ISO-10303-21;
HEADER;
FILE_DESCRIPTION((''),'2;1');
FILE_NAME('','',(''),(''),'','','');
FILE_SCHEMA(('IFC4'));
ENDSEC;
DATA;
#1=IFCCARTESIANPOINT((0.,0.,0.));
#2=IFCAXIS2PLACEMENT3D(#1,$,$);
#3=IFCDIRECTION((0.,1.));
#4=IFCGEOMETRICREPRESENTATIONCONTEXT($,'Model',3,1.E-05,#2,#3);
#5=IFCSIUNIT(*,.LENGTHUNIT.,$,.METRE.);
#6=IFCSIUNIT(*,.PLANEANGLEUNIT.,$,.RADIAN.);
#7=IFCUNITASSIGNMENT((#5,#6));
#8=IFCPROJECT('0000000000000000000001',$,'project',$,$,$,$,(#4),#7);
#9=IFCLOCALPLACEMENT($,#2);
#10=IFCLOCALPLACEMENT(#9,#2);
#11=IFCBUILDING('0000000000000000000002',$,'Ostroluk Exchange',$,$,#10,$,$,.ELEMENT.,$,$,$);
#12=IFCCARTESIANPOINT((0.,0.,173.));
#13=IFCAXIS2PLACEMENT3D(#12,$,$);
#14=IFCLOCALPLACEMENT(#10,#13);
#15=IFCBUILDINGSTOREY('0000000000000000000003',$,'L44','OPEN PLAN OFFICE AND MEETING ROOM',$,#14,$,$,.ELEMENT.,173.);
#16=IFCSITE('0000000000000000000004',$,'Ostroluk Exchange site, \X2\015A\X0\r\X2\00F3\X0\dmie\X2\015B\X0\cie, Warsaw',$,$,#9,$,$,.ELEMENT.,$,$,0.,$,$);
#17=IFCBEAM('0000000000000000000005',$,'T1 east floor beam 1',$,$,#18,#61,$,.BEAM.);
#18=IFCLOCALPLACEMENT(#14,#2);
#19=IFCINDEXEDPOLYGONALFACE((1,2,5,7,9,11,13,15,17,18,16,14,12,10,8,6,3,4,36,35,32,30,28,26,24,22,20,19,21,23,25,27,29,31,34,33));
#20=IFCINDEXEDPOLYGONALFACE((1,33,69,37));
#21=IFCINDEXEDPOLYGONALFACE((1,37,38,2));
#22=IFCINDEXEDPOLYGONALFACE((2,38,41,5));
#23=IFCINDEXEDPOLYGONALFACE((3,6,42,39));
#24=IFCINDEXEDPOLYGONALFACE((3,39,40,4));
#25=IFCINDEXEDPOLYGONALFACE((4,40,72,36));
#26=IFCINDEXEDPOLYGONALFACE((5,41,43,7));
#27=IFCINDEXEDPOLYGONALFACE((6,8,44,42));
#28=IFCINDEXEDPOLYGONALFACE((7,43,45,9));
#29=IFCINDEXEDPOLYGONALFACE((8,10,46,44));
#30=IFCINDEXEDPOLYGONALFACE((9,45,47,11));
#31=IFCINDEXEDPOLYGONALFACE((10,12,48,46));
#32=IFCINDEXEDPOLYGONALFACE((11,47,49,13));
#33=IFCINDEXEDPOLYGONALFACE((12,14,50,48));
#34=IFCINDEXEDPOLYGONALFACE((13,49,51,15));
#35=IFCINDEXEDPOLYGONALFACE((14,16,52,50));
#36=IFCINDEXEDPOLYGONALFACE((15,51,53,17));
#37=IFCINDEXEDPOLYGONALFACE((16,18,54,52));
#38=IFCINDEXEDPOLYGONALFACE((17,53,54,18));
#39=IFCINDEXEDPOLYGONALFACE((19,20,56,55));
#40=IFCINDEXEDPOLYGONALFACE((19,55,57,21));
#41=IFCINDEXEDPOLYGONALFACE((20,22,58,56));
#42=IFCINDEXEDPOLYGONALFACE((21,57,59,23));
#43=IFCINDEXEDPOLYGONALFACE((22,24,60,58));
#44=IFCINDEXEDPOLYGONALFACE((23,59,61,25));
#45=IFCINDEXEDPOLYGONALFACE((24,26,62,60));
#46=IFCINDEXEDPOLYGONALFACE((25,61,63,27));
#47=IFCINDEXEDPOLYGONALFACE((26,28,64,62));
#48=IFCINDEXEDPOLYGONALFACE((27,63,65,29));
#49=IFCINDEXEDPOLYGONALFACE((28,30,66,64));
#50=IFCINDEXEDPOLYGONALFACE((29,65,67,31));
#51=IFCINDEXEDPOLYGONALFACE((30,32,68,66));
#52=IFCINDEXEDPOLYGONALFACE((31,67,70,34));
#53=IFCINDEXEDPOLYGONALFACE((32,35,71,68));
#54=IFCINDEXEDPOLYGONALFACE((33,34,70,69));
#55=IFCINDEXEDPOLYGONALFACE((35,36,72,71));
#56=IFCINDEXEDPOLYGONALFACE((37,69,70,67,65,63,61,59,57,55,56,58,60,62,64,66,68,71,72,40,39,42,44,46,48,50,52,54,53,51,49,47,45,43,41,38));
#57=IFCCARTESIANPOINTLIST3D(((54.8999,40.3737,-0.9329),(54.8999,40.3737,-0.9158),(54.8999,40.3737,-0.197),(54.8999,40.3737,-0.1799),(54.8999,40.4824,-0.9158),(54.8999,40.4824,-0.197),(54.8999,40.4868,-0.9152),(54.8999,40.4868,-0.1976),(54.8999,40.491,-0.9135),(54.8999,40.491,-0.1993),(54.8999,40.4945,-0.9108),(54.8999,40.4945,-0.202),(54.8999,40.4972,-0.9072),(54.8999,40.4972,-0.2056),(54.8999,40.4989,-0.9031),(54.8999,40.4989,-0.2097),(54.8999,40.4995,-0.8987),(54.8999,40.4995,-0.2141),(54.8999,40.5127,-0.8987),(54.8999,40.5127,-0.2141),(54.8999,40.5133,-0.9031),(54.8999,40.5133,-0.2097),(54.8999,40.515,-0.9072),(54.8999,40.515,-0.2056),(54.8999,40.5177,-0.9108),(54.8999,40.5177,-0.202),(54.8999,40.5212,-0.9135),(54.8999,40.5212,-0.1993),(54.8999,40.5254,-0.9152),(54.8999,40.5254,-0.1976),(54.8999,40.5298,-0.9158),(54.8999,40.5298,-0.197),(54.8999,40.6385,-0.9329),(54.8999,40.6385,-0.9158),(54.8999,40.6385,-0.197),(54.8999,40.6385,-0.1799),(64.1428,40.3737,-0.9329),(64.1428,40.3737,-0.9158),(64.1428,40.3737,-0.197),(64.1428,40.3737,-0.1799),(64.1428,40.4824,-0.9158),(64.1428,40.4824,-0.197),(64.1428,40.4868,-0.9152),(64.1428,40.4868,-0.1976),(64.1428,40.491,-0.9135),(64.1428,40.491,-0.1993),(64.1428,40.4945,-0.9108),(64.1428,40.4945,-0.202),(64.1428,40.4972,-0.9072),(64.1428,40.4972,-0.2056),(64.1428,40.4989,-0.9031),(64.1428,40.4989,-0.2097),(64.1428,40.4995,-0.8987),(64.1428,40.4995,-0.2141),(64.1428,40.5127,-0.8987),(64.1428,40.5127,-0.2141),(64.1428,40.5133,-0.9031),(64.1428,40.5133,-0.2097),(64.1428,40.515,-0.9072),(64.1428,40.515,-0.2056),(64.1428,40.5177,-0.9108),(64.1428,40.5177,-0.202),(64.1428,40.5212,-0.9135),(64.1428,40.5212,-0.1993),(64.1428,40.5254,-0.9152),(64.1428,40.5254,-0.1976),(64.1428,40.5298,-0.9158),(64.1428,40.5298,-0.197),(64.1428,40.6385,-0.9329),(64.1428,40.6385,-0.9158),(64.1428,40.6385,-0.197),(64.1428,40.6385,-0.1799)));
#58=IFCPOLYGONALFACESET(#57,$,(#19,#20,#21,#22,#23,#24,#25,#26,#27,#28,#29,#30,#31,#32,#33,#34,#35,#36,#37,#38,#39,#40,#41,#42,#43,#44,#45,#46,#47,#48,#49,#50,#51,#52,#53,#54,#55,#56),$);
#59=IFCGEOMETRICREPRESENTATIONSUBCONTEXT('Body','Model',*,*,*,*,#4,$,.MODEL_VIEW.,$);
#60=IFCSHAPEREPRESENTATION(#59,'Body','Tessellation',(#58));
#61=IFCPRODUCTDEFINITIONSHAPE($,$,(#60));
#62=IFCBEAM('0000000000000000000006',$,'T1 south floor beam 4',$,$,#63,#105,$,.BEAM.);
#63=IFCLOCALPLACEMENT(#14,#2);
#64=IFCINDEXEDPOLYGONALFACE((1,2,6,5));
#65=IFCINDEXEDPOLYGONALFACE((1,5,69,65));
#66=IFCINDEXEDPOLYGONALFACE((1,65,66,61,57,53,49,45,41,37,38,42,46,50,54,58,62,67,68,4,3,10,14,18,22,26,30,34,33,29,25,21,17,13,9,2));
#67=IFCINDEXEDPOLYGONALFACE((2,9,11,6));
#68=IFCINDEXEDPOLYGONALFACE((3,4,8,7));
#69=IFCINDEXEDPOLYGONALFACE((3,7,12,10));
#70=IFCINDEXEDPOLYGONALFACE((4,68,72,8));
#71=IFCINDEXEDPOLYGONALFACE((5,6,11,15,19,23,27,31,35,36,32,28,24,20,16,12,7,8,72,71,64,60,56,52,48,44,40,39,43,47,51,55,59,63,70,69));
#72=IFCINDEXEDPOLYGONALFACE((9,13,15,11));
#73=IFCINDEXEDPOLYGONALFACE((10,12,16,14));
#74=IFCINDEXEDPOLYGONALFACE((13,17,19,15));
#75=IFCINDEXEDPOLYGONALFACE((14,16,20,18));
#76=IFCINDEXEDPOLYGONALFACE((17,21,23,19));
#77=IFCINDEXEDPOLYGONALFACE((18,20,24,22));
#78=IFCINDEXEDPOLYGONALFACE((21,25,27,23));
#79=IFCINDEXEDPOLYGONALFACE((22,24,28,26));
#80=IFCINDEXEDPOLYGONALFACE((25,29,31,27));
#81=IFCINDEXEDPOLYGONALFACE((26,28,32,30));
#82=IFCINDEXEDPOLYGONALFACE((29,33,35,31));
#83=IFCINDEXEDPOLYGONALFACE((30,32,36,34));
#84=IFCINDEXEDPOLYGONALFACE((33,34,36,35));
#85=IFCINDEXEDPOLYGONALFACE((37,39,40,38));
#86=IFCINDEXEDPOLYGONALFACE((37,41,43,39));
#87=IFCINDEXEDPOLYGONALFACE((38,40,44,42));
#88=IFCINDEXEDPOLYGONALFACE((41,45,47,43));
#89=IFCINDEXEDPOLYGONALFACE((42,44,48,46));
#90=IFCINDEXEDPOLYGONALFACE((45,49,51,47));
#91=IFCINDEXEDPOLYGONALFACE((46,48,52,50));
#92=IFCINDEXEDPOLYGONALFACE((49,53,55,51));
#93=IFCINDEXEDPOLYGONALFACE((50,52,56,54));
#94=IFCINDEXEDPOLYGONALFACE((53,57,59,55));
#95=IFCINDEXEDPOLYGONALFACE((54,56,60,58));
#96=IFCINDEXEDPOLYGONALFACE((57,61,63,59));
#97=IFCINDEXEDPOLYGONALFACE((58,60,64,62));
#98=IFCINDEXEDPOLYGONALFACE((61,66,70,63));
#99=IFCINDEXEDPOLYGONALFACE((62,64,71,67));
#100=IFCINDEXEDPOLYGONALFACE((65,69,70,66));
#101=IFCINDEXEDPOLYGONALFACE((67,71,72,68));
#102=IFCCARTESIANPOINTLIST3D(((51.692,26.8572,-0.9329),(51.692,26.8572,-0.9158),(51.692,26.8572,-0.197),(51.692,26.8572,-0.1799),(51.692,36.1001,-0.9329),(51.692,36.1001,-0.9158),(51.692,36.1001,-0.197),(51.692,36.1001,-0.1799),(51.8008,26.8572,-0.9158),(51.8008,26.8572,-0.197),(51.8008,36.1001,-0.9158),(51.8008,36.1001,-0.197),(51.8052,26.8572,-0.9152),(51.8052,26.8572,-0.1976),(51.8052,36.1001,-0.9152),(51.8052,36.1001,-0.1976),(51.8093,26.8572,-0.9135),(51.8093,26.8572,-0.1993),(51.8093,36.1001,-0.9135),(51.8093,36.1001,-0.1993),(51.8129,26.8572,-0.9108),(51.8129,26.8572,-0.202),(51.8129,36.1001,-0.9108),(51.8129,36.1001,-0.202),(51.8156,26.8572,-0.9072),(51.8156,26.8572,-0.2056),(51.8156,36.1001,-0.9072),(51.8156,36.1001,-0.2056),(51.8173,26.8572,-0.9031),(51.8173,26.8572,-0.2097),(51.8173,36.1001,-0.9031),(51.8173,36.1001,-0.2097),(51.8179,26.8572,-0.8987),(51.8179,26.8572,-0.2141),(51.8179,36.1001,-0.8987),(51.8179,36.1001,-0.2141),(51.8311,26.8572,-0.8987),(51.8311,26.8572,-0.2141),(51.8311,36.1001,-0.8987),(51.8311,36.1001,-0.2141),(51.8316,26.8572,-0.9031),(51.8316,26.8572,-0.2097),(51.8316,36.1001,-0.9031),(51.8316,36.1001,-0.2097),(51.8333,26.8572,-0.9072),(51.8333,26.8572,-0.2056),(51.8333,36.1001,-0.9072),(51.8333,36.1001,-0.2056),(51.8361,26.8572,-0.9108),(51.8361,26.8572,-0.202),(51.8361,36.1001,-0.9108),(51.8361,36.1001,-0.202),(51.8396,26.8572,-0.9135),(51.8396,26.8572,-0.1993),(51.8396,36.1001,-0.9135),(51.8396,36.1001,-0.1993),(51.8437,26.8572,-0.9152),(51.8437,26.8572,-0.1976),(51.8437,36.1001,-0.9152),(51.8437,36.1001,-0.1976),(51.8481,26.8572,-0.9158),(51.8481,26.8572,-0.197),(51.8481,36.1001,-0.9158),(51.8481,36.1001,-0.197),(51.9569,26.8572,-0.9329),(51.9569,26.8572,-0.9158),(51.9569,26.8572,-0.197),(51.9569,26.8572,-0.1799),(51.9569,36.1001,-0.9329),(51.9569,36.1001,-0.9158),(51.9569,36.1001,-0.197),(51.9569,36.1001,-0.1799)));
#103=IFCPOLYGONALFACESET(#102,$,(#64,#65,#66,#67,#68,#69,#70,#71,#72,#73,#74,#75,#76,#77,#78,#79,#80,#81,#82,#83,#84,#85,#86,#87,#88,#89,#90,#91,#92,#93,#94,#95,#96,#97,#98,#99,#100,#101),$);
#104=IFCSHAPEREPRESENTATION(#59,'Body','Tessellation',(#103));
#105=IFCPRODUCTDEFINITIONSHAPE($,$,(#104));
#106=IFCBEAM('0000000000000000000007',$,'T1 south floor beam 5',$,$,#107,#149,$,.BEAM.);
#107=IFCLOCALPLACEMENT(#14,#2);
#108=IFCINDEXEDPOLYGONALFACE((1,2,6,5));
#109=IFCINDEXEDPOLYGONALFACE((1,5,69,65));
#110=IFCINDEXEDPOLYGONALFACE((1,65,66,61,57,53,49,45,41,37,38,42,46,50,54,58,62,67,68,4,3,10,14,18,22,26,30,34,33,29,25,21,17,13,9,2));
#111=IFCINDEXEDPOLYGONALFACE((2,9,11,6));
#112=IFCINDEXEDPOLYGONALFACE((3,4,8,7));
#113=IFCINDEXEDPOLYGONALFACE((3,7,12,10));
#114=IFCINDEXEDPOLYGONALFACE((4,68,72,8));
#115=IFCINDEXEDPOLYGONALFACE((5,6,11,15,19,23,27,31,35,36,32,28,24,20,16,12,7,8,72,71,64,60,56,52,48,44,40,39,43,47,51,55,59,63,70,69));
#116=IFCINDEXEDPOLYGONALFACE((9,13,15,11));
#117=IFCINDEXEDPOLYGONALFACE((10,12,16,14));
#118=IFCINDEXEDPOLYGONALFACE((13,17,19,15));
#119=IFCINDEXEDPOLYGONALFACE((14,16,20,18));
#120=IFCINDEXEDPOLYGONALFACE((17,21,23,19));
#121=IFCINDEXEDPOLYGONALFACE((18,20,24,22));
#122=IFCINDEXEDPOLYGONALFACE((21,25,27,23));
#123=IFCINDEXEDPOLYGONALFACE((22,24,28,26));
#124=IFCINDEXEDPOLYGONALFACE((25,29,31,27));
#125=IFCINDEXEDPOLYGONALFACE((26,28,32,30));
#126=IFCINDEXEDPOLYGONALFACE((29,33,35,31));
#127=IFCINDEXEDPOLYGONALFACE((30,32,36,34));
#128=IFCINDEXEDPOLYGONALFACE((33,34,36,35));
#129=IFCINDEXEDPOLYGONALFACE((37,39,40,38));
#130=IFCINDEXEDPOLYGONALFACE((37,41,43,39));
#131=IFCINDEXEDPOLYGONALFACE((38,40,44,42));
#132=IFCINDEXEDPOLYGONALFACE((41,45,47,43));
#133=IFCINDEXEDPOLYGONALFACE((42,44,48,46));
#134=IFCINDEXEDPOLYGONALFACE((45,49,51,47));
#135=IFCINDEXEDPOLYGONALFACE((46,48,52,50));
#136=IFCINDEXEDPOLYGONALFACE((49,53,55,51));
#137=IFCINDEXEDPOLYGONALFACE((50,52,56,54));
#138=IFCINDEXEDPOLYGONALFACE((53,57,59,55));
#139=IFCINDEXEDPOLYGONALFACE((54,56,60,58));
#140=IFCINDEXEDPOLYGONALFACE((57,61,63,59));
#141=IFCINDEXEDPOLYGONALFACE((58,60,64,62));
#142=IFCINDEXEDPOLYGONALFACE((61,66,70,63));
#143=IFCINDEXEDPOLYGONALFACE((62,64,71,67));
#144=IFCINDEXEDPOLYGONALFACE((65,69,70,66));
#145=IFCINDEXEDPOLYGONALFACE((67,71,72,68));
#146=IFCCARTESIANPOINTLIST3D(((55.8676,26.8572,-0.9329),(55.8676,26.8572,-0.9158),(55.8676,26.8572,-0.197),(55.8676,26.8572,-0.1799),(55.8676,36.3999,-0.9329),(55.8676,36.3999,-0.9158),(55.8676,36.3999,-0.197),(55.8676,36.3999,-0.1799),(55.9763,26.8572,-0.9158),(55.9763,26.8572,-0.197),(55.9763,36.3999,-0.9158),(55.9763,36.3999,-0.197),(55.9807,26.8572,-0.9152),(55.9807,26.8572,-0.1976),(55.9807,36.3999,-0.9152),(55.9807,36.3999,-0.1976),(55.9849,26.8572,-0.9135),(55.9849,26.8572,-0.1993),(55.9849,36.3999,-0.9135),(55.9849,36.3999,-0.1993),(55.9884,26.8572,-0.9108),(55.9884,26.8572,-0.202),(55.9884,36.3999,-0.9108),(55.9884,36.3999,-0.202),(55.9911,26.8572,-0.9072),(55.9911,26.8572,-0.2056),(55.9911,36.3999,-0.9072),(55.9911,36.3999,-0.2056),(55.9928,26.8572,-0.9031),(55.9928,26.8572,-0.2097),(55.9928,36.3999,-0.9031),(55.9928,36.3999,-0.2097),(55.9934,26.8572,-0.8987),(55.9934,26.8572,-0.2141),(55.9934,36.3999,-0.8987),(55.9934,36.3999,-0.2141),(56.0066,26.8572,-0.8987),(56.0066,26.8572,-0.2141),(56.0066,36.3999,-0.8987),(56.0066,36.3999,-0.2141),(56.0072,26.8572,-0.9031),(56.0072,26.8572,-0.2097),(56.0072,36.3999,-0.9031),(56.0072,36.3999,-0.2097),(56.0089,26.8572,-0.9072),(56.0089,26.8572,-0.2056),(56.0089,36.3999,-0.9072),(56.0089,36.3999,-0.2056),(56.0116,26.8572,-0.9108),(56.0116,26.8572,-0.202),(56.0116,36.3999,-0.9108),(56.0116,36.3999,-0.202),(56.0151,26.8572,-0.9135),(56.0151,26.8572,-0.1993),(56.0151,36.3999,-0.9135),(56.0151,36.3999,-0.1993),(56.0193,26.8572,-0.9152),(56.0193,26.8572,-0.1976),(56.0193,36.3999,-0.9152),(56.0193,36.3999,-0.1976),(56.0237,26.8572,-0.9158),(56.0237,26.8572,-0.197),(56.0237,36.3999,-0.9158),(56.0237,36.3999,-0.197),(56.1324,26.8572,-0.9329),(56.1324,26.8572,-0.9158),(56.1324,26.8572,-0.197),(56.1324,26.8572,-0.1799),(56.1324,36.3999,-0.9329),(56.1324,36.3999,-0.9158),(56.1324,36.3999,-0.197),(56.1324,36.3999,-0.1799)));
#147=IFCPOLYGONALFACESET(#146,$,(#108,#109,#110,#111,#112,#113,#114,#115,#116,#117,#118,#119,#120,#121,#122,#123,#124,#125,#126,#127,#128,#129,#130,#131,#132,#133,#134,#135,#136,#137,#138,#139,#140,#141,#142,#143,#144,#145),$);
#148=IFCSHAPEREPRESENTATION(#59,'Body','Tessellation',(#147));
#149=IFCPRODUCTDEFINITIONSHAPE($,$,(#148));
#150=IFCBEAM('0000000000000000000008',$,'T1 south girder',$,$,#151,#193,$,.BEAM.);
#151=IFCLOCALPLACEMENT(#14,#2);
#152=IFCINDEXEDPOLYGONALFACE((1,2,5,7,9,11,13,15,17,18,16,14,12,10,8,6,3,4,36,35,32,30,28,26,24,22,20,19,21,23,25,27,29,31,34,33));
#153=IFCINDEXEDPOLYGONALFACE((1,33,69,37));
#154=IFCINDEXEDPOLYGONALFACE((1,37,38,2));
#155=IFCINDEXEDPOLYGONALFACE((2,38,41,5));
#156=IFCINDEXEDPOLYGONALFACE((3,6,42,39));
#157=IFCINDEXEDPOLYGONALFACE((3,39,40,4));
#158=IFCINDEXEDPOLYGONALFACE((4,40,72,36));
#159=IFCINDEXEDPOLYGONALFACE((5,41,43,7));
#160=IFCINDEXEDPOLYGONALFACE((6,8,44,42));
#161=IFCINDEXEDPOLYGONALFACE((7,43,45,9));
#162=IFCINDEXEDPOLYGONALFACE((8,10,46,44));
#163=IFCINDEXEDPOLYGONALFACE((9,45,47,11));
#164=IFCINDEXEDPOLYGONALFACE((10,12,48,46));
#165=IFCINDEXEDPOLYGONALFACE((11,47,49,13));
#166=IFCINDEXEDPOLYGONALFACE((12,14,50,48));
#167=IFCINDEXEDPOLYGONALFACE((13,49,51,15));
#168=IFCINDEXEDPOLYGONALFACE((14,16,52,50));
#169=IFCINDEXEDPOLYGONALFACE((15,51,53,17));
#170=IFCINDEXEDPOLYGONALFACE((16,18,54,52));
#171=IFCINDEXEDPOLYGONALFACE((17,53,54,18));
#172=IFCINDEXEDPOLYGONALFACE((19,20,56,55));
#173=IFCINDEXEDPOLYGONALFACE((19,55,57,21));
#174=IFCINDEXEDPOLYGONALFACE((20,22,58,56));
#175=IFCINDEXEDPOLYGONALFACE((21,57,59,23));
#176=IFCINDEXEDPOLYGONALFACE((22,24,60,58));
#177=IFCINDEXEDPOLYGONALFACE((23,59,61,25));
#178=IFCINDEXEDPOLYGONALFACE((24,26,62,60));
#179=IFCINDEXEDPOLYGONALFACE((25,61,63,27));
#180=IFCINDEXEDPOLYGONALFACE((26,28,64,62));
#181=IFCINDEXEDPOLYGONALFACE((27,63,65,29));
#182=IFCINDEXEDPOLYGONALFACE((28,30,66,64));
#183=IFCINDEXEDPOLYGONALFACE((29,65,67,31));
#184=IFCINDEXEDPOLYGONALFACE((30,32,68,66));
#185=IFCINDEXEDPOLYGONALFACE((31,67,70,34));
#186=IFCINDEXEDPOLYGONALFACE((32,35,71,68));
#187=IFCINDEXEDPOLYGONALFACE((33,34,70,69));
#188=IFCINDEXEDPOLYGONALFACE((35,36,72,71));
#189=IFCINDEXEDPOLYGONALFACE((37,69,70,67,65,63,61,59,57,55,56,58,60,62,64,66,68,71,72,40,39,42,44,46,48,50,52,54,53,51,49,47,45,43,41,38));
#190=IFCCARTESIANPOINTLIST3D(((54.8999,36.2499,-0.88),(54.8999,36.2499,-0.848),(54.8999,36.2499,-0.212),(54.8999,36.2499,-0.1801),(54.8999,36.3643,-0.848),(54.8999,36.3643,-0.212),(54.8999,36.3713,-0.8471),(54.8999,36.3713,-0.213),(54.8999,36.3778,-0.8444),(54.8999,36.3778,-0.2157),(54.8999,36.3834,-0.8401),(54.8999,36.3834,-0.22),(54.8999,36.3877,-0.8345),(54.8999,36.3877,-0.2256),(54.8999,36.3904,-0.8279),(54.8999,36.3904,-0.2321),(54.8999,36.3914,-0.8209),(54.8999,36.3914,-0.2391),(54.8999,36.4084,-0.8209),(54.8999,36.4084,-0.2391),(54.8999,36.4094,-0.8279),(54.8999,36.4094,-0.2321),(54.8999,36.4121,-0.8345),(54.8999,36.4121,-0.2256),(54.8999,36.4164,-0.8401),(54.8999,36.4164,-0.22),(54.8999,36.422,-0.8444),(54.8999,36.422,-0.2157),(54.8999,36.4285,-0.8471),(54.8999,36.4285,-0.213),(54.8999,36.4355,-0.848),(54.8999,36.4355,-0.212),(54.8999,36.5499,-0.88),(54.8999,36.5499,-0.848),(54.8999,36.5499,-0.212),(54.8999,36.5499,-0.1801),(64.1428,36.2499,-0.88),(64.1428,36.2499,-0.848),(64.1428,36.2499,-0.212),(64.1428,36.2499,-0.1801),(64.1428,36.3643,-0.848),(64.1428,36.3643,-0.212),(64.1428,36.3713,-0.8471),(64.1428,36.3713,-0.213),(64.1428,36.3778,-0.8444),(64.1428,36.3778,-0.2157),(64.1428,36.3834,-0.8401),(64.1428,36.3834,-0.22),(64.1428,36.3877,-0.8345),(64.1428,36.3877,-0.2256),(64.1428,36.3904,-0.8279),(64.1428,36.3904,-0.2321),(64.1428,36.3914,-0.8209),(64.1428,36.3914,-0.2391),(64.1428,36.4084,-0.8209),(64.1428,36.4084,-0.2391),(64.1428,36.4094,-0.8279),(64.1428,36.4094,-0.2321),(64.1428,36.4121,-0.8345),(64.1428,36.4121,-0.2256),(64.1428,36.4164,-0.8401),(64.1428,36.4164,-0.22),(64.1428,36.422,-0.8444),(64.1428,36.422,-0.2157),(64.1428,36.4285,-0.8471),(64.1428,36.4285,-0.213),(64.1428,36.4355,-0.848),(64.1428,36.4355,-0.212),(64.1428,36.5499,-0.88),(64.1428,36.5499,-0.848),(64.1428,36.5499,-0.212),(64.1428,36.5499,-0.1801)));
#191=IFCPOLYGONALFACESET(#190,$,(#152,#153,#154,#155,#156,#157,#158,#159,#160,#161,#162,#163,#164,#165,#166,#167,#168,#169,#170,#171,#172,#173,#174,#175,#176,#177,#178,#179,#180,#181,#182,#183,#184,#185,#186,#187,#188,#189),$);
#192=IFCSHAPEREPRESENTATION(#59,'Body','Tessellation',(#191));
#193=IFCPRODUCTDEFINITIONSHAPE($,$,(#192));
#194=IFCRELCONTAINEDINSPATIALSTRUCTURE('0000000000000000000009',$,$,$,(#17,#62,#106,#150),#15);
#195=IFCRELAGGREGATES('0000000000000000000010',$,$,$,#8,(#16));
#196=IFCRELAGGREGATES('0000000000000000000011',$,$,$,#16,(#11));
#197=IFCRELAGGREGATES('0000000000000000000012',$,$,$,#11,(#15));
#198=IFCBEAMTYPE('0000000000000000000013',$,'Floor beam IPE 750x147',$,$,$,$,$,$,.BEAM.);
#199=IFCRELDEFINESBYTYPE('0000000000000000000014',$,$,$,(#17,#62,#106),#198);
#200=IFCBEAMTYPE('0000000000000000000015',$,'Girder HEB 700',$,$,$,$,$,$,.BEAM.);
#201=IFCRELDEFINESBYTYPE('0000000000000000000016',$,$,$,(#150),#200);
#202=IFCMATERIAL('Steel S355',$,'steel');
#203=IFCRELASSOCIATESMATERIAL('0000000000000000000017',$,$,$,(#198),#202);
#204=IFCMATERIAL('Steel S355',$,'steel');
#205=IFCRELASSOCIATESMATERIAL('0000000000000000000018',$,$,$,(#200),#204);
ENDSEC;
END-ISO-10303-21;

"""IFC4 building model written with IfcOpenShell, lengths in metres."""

from ifc_helpers import new_model, si_unit, direction, frame, origin, origin_2d, place, context, subcontext, project, spatial, i_section, extrude, material, material_profile, profile_set, type_object, element, save


model = new_model("IFC4")

# Units and contexts
model_context = context("Model", 3, precision=1e-05, world=origin(), true_north=direction((0.0, 1.0)))
body_context = subcontext(model_context, "Body", "Model", "MODEL_VIEW")
ifc_project = project(units=[si_unit("LENGTHUNIT", "METRE"), si_unit("PLANEANGLEUNIT", "RADIAN")], contexts=[model_context])

# Site, building, storey
site_placement = place(None, origin())
site = spatial("IfcSite", under=ifc_project, at=site_placement, Name="Ostroluk Exchange site, Śródmieście, Warsaw", CompositionType="ELEMENT", RefElevation=0.0)
building_placement = place(site_placement, origin())
building = spatial("IfcBuilding", under=site, at=building_placement, Name="Ostroluk Exchange", CompositionType="ELEMENT")
storey_placement = place(building_placement, frame((0.0, 0.0, 173.0)))
storey = spatial("IfcBuildingStorey", under=building, at=storey_placement, Name="L44", Description="OPEN PLAN OFFICE AND MEETING ROOM", CompositionType="ELEMENT", Elevation=173.0)

# Beams
ifc_material_1 = material(Name="Steel S355", Category="steel")
ifc_material_profile_1 = material_profile(ifc_material_1, i_section(OverallWidth=0.2649, OverallDepth=0.7529, WebThickness=0.0132, FlangeThickness=0.0171, FilletRadius=0.0171, at=origin_2d()), Name="IPE 750x147")
ifc_profile_set_1 = profile_set([ifc_material_profile_1], Name="Steel S355")
beam_type_1 = type_object("IfcBeamType", Name="Floor beam IPE 750x147", PredefinedType="BEAM", material=ifc_profile_set_1)
for number, where, z_axis, x_axis, name in (
    (1, (54.8999, 40.5061, -0.5564), (1.0, 0.0, 0.0), (0.0, 1.0, 0.0), "T1 east floor beam 1"),
    (2, (51.8245, 36.1001, -0.5564), (0.0, -1.0, 0.0), (1.0, 0.0, 0.0), "T1 south floor beam 4"),
):
    element("IfcBeam", number, at=place(storey_placement, frame(where, z_axis=z_axis, x_axis=x_axis)), inside=storey, type_object=beam_type_1, Name=name, PredefinedType="BEAM", context=body_context, shape_type="SweptSolid", body=[
        extrude(i_section(OverallWidth=0.2649, OverallDepth=0.7529, WebThickness=0.0132, FlangeThickness=0.0171, FilletRadius=0.0171, at=origin_2d()), origin(), (0.0, 0.0, 1.0), 9.2429),
    ])
beam_1_placement = place(storey_placement, frame((56.0, 36.3999, -0.5564), z_axis=(0.0, -1.0, 0.0), x_axis=(1.0, 0.0, 0.0)))
element("IfcBeam", 3, at=beam_1_placement, inside=storey, type_object=beam_type_1, Name="T1 south floor beam 5", PredefinedType="BEAM", context=body_context, shape_type="SweptSolid", body=[
    extrude(i_section(OverallWidth=0.2649, OverallDepth=0.7529, WebThickness=0.0132, FlangeThickness=0.0171, FilletRadius=0.0171, at=origin_2d()), origin(), (0.0, 0.0, 1.0), 9.5427),
])
ifc_material_2 = material(Name="Steel S355", Category="steel")
ifc_material_profile_2 = material_profile(ifc_material_2, i_section(OverallWidth=0.3, OverallDepth=0.7, WebThickness=0.0171, FlangeThickness=0.032, FilletRadius=0.0271, at=origin_2d()), Name="HEB 700")
ifc_profile_set_2 = profile_set([ifc_material_profile_2], Name="Steel S355")
beam_type_2 = type_object("IfcBeamType", Name="Girder HEB 700", PredefinedType="BEAM", material=ifc_profile_set_2)
beam_2_placement = place(storey_placement, frame((54.8999, 36.3999, -0.53), z_axis=(1.0, 0.0, 0.0), x_axis=(0.0, 1.0, 0.0)))
element("IfcBeam", 4, at=beam_2_placement, inside=storey, type_object=beam_type_2, Name="T1 south girder", PredefinedType="BEAM", context=body_context, shape_type="SweptSolid", body=[
    extrude(i_section(OverallWidth=0.3, OverallDepth=0.7, WebThickness=0.0171, FlangeThickness=0.032, FilletRadius=0.0271, at=origin_2d()), origin(), (0.0, 0.0, 1.0), 9.2429),
])

save(model, "model.ifc")
